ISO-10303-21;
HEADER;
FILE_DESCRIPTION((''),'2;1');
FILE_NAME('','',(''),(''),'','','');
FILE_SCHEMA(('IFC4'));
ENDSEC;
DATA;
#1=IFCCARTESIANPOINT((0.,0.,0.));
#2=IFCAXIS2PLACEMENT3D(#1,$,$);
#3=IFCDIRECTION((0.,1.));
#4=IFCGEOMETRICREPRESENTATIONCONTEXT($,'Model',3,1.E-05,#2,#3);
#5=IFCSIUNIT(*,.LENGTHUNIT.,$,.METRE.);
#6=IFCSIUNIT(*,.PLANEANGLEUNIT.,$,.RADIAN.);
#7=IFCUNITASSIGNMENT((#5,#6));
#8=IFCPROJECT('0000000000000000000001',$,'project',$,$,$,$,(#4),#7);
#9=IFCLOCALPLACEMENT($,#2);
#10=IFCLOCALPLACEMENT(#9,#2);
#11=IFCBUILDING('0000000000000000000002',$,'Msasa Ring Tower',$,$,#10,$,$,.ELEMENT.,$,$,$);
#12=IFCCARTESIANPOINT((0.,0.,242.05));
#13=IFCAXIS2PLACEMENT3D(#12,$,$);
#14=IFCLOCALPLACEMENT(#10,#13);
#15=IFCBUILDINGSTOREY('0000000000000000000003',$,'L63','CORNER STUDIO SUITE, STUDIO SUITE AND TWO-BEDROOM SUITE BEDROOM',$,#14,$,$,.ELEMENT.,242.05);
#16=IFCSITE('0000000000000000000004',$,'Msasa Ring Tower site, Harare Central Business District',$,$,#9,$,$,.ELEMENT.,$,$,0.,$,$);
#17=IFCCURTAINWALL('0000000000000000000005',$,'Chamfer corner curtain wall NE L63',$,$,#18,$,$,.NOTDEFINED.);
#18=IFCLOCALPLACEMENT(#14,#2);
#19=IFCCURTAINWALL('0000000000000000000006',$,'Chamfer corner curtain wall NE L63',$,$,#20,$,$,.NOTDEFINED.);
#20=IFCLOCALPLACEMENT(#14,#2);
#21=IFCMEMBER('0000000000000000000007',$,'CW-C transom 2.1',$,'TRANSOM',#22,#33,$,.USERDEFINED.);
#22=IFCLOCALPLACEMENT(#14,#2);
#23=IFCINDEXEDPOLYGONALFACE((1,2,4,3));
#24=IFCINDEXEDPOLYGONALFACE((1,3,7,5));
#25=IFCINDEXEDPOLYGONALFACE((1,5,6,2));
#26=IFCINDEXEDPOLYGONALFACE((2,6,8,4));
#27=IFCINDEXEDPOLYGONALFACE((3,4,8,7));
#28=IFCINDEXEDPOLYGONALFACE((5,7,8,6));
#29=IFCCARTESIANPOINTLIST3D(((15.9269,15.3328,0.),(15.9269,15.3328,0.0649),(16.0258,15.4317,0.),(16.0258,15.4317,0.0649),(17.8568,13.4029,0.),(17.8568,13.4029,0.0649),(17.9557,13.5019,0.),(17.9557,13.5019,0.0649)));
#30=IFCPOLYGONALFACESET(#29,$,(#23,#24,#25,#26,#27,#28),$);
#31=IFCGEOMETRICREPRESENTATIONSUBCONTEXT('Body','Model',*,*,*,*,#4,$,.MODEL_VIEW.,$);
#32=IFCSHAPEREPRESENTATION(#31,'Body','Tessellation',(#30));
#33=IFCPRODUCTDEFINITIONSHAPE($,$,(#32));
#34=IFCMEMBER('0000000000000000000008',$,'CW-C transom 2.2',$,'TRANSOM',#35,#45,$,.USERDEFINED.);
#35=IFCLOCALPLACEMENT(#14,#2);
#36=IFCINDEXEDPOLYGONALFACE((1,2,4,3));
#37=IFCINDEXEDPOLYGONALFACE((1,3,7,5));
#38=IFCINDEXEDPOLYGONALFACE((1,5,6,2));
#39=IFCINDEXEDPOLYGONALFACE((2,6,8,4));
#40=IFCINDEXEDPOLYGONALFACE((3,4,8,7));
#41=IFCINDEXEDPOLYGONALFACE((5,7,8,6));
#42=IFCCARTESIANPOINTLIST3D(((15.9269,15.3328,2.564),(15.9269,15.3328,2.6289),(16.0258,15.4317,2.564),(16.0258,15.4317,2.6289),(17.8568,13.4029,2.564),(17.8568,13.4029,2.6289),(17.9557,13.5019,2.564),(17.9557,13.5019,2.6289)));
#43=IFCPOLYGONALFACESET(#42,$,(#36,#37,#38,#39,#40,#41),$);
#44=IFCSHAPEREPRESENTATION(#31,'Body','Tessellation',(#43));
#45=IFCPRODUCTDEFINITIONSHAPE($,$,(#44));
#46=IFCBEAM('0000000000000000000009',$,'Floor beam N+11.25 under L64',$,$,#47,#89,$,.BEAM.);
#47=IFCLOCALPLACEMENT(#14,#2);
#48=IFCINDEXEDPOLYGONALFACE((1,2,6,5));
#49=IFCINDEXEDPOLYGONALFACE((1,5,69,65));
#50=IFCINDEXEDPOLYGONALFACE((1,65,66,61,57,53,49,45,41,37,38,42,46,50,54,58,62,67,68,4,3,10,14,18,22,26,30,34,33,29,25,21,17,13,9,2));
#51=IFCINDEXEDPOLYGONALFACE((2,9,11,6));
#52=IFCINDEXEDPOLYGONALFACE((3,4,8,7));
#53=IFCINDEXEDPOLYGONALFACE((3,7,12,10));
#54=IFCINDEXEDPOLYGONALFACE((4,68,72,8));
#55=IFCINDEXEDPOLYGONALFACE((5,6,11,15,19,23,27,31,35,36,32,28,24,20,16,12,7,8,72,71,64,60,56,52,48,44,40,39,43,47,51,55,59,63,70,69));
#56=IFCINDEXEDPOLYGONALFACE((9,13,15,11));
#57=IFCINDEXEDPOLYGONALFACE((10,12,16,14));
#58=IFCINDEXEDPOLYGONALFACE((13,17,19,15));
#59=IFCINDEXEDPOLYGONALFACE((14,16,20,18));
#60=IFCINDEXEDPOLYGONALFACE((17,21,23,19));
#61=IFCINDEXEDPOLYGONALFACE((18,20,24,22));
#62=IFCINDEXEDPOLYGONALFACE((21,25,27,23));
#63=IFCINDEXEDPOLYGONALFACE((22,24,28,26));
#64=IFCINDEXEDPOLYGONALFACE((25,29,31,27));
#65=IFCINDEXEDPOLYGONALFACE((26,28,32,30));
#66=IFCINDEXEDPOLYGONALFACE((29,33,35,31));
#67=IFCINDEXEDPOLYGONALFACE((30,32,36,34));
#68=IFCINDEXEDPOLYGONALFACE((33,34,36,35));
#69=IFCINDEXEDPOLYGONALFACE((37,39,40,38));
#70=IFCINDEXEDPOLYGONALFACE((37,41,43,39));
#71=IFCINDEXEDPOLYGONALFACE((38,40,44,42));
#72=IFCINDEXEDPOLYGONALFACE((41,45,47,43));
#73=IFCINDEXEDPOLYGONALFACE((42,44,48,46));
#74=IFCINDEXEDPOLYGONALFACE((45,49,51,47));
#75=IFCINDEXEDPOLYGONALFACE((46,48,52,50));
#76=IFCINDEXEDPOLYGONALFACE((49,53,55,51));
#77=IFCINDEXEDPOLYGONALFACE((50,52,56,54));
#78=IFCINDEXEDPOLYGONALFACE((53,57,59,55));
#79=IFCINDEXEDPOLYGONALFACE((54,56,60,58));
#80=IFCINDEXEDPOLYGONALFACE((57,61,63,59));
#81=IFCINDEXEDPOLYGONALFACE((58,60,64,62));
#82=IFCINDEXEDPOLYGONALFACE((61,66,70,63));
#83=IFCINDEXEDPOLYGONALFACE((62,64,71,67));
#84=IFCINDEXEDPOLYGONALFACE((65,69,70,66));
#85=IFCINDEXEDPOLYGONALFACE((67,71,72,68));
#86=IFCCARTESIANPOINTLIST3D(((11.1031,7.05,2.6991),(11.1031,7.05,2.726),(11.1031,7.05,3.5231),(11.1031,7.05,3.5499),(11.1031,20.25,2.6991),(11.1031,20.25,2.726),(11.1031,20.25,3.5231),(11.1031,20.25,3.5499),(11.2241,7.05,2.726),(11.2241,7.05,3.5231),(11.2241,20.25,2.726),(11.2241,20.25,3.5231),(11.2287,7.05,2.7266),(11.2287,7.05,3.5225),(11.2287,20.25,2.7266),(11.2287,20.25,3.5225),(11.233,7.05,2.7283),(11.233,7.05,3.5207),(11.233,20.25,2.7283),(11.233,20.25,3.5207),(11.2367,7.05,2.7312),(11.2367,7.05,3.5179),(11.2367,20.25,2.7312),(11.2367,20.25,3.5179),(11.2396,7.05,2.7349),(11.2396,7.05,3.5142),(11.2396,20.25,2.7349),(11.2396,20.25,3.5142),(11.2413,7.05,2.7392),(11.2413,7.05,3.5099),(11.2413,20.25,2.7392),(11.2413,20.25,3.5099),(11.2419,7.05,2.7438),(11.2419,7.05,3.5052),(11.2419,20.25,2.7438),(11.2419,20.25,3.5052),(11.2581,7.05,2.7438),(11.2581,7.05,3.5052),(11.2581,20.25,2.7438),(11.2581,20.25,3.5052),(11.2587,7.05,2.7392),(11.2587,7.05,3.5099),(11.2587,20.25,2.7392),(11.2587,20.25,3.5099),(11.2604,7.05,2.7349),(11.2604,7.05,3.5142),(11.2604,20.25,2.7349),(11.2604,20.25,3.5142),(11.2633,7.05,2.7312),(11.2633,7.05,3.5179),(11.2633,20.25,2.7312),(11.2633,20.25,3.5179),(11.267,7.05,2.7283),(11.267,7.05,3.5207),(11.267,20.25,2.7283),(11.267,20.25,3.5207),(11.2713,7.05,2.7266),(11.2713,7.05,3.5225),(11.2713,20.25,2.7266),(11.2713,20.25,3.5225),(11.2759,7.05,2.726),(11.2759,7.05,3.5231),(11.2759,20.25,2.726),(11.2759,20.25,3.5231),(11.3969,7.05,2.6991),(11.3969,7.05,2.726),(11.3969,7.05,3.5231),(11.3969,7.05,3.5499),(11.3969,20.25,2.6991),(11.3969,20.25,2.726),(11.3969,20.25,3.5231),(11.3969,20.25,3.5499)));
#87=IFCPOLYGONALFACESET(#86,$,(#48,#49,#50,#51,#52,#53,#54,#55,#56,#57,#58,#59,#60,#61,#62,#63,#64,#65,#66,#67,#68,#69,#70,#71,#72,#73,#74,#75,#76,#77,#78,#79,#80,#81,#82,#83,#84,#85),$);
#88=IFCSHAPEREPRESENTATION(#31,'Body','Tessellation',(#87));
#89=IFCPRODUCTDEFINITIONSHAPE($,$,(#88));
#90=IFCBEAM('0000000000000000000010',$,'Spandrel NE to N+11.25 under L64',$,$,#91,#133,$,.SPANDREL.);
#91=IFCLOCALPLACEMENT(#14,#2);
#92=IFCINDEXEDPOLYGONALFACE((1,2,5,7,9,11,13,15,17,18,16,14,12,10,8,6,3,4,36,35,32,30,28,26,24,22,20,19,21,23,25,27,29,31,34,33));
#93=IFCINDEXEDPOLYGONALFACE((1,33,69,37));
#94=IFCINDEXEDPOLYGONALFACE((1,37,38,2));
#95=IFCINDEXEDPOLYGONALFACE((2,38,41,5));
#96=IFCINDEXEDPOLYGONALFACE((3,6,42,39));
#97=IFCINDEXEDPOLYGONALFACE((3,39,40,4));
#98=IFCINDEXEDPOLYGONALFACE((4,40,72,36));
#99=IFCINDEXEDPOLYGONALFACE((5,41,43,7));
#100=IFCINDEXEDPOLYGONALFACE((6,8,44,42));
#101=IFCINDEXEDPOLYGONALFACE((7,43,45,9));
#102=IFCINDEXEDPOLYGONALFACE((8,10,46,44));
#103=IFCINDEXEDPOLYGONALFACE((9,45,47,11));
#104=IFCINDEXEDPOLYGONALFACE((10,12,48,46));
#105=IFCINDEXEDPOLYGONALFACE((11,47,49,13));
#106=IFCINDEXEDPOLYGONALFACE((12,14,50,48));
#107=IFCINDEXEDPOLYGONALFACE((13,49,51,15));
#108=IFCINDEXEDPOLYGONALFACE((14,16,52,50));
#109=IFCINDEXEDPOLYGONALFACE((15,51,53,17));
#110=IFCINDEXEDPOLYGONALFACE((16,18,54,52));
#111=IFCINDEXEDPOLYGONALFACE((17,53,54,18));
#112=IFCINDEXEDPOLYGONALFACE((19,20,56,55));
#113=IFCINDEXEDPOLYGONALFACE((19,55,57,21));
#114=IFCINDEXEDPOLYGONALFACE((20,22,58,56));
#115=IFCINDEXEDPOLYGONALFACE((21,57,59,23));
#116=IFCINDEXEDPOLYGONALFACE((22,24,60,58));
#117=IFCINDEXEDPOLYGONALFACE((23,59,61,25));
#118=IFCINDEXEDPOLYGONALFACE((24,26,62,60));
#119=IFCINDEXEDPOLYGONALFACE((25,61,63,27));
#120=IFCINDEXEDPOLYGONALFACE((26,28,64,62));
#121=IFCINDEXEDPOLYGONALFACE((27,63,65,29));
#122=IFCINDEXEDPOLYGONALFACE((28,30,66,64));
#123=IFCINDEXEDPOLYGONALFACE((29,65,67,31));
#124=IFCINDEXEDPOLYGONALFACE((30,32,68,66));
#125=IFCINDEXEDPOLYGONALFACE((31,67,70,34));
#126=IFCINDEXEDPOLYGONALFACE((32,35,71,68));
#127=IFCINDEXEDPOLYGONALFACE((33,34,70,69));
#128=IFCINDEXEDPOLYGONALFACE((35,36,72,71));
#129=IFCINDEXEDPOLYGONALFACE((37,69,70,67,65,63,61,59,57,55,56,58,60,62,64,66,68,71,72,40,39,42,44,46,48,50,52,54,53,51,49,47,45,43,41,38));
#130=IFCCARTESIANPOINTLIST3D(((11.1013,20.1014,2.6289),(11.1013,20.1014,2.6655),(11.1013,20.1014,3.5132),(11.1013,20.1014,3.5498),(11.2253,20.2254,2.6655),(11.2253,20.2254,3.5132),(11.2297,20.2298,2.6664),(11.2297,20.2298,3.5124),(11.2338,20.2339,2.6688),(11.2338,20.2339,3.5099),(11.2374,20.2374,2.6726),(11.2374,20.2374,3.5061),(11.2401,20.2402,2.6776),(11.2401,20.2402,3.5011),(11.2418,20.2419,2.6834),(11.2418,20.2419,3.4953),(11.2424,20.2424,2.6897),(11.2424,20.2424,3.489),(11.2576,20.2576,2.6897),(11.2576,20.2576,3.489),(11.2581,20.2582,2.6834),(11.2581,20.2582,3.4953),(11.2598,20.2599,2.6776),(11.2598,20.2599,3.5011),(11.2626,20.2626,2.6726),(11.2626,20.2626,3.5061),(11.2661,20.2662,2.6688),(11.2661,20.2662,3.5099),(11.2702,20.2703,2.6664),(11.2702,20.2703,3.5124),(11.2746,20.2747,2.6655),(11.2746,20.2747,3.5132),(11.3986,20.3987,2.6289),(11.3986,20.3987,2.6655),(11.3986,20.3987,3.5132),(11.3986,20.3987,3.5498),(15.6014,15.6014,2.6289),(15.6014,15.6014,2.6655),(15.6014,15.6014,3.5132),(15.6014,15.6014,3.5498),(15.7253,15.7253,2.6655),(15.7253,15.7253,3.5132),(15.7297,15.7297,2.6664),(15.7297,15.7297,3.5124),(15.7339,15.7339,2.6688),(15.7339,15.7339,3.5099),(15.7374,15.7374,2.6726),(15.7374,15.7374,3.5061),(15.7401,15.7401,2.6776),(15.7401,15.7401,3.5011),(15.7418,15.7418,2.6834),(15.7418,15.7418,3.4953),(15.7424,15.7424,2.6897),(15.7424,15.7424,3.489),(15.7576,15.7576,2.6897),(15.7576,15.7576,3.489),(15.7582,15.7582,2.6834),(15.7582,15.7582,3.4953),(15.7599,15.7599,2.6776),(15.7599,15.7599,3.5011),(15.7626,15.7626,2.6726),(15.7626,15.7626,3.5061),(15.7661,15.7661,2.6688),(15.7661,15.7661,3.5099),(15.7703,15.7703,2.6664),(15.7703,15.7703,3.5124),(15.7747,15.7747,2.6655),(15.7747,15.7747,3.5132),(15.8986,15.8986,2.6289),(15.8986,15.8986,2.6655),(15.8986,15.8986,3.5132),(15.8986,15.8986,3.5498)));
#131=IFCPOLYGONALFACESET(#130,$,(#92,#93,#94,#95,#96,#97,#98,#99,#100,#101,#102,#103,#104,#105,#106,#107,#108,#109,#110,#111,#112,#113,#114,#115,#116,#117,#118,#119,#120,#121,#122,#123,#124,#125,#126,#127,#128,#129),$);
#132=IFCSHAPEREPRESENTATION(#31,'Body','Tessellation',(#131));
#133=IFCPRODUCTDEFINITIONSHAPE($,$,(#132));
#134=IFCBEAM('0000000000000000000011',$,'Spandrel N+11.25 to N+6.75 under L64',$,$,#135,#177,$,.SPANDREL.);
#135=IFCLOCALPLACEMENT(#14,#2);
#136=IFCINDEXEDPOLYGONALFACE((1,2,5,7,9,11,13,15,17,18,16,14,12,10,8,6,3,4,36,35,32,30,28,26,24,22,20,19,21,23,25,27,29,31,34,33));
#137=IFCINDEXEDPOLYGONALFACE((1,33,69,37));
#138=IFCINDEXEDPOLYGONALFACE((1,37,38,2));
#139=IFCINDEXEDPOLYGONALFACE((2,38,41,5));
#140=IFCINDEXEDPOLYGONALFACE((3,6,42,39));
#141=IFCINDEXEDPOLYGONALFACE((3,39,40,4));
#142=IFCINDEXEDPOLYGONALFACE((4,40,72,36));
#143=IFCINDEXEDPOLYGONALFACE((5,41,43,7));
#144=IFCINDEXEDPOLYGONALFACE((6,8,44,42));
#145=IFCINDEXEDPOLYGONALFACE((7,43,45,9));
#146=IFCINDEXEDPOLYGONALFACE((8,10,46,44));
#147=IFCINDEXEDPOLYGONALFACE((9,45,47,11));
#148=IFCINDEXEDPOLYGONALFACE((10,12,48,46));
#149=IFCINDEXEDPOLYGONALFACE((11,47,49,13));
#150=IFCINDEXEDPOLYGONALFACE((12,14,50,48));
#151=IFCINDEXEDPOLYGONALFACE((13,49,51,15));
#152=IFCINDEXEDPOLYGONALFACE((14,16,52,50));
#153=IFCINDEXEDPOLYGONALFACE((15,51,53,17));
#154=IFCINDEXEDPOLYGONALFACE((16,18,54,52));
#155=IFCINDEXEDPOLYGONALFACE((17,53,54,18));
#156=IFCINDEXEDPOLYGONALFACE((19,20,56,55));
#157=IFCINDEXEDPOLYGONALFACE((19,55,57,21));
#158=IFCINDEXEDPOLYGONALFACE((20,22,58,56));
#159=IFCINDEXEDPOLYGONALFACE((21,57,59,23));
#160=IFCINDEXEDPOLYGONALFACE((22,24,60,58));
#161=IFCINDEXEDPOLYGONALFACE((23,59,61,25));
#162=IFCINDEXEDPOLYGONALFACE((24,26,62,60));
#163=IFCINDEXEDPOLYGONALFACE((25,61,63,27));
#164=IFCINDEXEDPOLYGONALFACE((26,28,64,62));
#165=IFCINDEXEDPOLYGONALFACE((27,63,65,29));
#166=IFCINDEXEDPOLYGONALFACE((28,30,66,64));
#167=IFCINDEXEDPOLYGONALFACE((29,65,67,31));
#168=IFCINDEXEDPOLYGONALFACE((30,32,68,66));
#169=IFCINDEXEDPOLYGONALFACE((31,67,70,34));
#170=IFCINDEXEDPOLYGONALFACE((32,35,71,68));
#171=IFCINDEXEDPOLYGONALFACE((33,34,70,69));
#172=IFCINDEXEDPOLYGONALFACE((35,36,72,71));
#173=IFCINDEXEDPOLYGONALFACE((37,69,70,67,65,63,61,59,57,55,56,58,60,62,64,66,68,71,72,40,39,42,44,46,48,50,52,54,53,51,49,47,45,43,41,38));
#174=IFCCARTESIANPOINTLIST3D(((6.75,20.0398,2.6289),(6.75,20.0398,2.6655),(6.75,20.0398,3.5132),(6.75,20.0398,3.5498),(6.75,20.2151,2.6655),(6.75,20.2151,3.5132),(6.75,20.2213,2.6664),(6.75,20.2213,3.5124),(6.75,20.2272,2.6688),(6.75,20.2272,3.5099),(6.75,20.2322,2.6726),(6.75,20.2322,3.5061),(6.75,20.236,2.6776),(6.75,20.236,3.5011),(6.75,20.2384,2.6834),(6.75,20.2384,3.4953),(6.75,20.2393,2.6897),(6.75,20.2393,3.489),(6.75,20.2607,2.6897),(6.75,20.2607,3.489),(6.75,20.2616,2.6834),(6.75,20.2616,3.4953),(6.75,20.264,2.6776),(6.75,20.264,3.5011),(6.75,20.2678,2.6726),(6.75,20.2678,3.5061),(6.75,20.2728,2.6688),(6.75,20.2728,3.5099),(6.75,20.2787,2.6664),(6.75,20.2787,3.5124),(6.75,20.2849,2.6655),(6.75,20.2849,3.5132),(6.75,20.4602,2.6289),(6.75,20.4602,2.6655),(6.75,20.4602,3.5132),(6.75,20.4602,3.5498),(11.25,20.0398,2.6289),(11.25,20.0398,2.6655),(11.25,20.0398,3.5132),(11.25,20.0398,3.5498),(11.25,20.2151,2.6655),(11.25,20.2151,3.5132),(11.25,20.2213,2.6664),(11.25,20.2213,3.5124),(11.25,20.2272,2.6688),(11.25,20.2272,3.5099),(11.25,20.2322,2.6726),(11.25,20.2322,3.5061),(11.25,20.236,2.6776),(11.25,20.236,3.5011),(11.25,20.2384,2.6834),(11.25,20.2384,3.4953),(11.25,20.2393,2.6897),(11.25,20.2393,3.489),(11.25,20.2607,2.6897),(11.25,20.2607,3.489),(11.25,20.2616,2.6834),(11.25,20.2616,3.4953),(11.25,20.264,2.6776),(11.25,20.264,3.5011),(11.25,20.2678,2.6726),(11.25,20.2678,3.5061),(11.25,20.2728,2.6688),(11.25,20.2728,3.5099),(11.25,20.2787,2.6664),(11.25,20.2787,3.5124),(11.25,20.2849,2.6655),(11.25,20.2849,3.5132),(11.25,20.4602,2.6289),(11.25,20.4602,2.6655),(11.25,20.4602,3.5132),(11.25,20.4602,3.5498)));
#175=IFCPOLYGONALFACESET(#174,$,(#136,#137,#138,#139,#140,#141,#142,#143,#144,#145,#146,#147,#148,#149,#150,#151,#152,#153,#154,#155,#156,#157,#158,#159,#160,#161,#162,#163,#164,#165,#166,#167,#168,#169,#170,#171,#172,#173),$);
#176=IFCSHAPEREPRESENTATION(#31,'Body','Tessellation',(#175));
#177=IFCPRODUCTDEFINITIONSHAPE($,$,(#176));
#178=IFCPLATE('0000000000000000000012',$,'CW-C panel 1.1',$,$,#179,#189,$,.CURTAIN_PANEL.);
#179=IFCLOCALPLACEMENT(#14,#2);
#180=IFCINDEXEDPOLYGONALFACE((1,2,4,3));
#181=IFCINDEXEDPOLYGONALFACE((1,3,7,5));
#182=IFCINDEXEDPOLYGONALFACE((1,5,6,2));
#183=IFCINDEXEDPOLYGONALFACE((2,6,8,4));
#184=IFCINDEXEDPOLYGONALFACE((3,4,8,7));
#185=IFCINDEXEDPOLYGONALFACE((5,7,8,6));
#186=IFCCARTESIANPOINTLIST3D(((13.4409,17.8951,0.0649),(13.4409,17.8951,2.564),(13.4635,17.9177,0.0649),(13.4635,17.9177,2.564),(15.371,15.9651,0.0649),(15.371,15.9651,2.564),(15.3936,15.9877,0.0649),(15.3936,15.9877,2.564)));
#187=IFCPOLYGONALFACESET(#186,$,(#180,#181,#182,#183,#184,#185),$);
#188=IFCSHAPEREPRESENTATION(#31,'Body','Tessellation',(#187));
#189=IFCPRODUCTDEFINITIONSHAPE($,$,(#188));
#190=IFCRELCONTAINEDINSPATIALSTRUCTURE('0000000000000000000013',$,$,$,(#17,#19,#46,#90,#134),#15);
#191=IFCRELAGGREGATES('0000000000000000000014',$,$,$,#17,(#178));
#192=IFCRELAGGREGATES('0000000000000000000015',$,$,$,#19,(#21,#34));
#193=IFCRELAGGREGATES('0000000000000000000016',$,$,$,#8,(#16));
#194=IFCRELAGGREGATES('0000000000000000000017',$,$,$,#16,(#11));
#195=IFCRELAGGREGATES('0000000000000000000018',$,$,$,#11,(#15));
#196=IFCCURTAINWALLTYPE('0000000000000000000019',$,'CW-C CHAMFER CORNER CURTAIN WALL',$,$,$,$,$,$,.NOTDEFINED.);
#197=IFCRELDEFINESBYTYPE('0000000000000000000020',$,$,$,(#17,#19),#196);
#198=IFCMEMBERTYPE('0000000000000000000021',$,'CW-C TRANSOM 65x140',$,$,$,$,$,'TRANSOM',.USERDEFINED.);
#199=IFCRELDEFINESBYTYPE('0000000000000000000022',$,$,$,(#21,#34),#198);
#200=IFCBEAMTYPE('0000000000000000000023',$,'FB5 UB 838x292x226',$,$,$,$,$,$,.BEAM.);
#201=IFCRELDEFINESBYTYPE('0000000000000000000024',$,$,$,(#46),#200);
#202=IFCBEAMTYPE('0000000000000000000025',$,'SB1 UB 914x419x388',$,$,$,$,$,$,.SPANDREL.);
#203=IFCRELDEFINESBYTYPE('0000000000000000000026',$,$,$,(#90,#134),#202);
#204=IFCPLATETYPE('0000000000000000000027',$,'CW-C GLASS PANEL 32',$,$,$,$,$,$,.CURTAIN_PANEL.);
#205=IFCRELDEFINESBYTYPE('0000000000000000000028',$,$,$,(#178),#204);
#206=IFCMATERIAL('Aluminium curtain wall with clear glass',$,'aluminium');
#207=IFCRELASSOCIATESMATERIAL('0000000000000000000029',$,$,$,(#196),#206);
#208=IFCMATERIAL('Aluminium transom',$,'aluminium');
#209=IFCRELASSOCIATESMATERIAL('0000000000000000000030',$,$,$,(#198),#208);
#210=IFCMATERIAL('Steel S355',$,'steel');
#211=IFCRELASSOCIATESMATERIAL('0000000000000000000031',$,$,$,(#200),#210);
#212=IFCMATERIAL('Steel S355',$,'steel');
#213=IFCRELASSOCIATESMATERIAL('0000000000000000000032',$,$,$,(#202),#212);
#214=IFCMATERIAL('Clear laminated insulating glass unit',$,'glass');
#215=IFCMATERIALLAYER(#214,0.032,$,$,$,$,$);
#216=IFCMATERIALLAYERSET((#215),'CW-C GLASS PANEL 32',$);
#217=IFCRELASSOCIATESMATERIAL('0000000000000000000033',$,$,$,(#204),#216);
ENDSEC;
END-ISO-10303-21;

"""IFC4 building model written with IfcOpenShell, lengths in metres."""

from ifc_helpers import new_model, si_unit, direction, frame, origin, origin_2d, place, context, subcontext, project, spatial, rectangle, i_section, extrude, material, layer, layer_set, material_profile, profile_set, type_object, element, aggregate, save


model = new_model("IFC4")

# Units and contexts
model_context = context("Model", 3, precision=1e-05, world=origin(), true_north=direction((0.0, 1.0)))
body_context = subcontext(model_context, "Body", "Model", "MODEL_VIEW")
ifc_project = project(units=[si_unit("LENGTHUNIT", "METRE"), si_unit("PLANEANGLEUNIT", "RADIAN")], contexts=[model_context])

# Site, building, storey
site_placement = place(None, origin())
site = spatial("IfcSite", under=ifc_project, at=site_placement, Name="Msasa Ring Tower site, Harare Central Business District", CompositionType="ELEMENT", RefElevation=0.0)
building_placement = place(site_placement, origin())
building = spatial("IfcBuilding", under=site, at=building_placement, Name="Msasa Ring Tower", CompositionType="ELEMENT")
storey_placement = place(building_placement, frame((0.0, 0.0, 242.05)))
storey = spatial("IfcBuildingStorey", under=building, at=storey_placement, Name="L63", Description="CORNER STUDIO SUITE, STUDIO SUITE AND TWO-BEDROOM SUITE BEDROOM", CompositionType="ELEMENT", Elevation=242.05)

# Curtain walls
ifc_material_1 = material(Name="Aluminium curtain wall with clear glass", Category="aluminium")
curtain_wall_type = type_object("IfcCurtainWallType", Name="CW-C CHAMFER CORNER CURTAIN WALL", PredefinedType="NOTDEFINED", material=ifc_material_1)
curtain_wall_1_placement = place(storey_placement, origin())
curtain_wall_1 = element("IfcCurtainWall", 1, at=curtain_wall_1_placement, inside=storey, type_object=curtain_wall_type, Name="Chamfer corner curtain wall NE L63", PredefinedType="NOTDEFINED")
curtain_wall_2_placement = place(storey_placement, origin())
curtain_wall_2 = element("IfcCurtainWall", 2, at=curtain_wall_2_placement, inside=storey, type_object=curtain_wall_type, Name="Chamfer corner curtain wall NE L63", PredefinedType="NOTDEFINED")

# Members
ifc_material_2 = material(Name="Aluminium transom", Category="aluminium")
ifc_material_profile_1 = material_profile(ifc_material_2, rectangle(XDim=0.1399, YDim=0.0649, at=origin_2d()), Name="AL 65x140")
ifc_profile_set_1 = profile_set([ifc_material_profile_1], Name="Aluminium transom")
member_type_1 = type_object("IfcMemberType", Name="CW-C TRANSOM 65x140", ElementType="TRANSOM", PredefinedType="USERDEFINED", material=ifc_profile_set_1)
member_1_placement = place(storey_placement, frame((17.9062, 13.4524, 0.0325), z_axis=(-0.707107, 0.707107, 0.0), x_axis=(-0.707107, -0.707107, 0.0)))
member_1 = element("IfcMember", 3, at=member_1_placement, type_object=member_type_1, Name="CW-C transom 2.1", ObjectType="TRANSOM", PredefinedType="USERDEFINED", context=body_context, shape_type="SweptSolid", body=[
    extrude(rectangle(XDim=0.1399, YDim=0.0649, at=origin_2d()), origin(), (0.0, 0.0, 1.0), 2.7292),
])
member_2_placement = place(storey_placement, frame((17.9062, 13.4524, 2.5964), z_axis=(-0.707107, 0.707107, 0.0), x_axis=(-0.707107, -0.707107, 0.0)))
member_2 = element("IfcMember", 4, at=member_2_placement, type_object=member_type_1, Name="CW-C transom 2.2", ObjectType="TRANSOM", PredefinedType="USERDEFINED", context=body_context, shape_type="SweptSolid", body=[
    extrude(rectangle(XDim=0.1399, YDim=0.0649, at=origin_2d()), origin(), (0.0, 0.0, 1.0), 2.7292),
])

# Beams
ifc_material_3 = material(Name="Steel S355", Category="steel")
ifc_material_profile_2 = material_profile(ifc_material_3, i_section(OverallWidth=0.2937, OverallDepth=0.8508, WebThickness=0.0161, FlangeThickness=0.0269, FilletRadius=0.0178, at=origin_2d()), Name="UB 838x292x226")
ifc_profile_set_2 = profile_set([ifc_material_profile_2], Name="Steel S355")
beam_type_1 = type_object("IfcBeamType", Name="FB5 UB 838x292x226", PredefinedType="BEAM", material=ifc_profile_set_2)
beam_1_placement = place(storey_placement, frame((11.25, 20.25, 3.1245), z_axis=(0.0, -1.0, 0.0), x_axis=(1.0, 0.0, 0.0)))
element("IfcBeam", 5, at=beam_1_placement, inside=storey, type_object=beam_type_1, Name="Floor beam N+11.25 under L64", PredefinedType="BEAM", context=body_context, shape_type="SweptSolid", body=[
    extrude(i_section(OverallWidth=0.2937, OverallDepth=0.8508, WebThickness=0.0161, FlangeThickness=0.0269, FilletRadius=0.0178, at=origin_2d()), origin(), (0.0, 0.0, 1.0), 13.2),
])
ifc_material_4 = material(Name="Steel S355", Category="steel")
ifc_material_profile_3 = material_profile(ifc_material_4, i_section(OverallWidth=0.4204, OverallDepth=0.9209, WebThickness=0.0215, FlangeThickness=0.0366, FilletRadius=0.0242, at=origin_2d()), Name="UB 914x419x388")
ifc_profile_set_3 = profile_set([ifc_material_profile_3], Name="Steel S355")
beam_type_2 = type_object("IfcBeamType", Name="SB1 UB 914x419x388", PredefinedType="SPANDREL", material=ifc_profile_set_3)
beam_2_placement = place(storey_placement, frame((15.75, 15.75, 3.0894), z_axis=(-0.707107, 0.707107, 0.0), x_axis=(-0.707107, -0.707107, 0.0)))
element("IfcBeam", 6, at=beam_2_placement, inside=storey, type_object=beam_type_2, Name="Spandrel NE to N+11.25 under L64", PredefinedType="SPANDREL", context=body_context, shape_type="SweptSolid", body=[
    extrude(i_section(OverallWidth=0.4204, OverallDepth=0.9209, WebThickness=0.0215, FlangeThickness=0.0366, FilletRadius=0.0242, at=origin_2d()), origin(), (0.0, 0.0, 1.0), 6.364),
])
beam_3_placement = place(storey_placement, frame((11.25, 20.25, 3.0894), z_axis=(-1.0, 0.0, 0.0), x_axis=(0.0, -1.0, 0.0)))
element("IfcBeam", 7, at=beam_3_placement, inside=storey, type_object=beam_type_2, Name="Spandrel N+11.25 to N+6.75 under L64", PredefinedType="SPANDREL", context=body_context, shape_type="SweptSolid", body=[
    extrude(i_section(OverallWidth=0.4204, OverallDepth=0.9209, WebThickness=0.0215, FlangeThickness=0.0366, FilletRadius=0.0242, at=origin_2d()), origin(), (0.0, 0.0, 1.0), 4.5),
])

# Plate
ifc_material_5 = material(Name="Clear laminated insulating glass unit", Category="glass")
ifc_layer_1 = layer(ifc_material_5, 0.032)
ifc_layer_set_1 = layer_set([ifc_layer_1], Name="CW-C GLASS PANEL 32")
plate_type = type_object("IfcPlateType", Name="CW-C GLASS PANEL 32", PredefinedType="CURTAIN_PANEL", material=ifc_layer_set_1)
plate_1_placement = place(storey_placement, frame((14.4172, 16.9414, 0.0649), z_axis=(0.0, 0.0, 1.0), x_axis=(-0.707107, 0.707107, 0.0)))
plate_1 = element("IfcPlate", 8, at=plate_1_placement, type_object=plate_type, Name="CW-C panel 1.1", PredefinedType="CURTAIN_PANEL", context=body_context, shape_type="SweptSolid", body=[
    extrude(rectangle(XDim=2.7295, YDim=0.032, at=origin_2d()), origin(), (0.0, 0.0, 1.0), 2.499),
])
aggregate(curtain_wall_1, [plate_1])
aggregate(curtain_wall_2, [member_1, member_2])

save(model, "model.ifc")
